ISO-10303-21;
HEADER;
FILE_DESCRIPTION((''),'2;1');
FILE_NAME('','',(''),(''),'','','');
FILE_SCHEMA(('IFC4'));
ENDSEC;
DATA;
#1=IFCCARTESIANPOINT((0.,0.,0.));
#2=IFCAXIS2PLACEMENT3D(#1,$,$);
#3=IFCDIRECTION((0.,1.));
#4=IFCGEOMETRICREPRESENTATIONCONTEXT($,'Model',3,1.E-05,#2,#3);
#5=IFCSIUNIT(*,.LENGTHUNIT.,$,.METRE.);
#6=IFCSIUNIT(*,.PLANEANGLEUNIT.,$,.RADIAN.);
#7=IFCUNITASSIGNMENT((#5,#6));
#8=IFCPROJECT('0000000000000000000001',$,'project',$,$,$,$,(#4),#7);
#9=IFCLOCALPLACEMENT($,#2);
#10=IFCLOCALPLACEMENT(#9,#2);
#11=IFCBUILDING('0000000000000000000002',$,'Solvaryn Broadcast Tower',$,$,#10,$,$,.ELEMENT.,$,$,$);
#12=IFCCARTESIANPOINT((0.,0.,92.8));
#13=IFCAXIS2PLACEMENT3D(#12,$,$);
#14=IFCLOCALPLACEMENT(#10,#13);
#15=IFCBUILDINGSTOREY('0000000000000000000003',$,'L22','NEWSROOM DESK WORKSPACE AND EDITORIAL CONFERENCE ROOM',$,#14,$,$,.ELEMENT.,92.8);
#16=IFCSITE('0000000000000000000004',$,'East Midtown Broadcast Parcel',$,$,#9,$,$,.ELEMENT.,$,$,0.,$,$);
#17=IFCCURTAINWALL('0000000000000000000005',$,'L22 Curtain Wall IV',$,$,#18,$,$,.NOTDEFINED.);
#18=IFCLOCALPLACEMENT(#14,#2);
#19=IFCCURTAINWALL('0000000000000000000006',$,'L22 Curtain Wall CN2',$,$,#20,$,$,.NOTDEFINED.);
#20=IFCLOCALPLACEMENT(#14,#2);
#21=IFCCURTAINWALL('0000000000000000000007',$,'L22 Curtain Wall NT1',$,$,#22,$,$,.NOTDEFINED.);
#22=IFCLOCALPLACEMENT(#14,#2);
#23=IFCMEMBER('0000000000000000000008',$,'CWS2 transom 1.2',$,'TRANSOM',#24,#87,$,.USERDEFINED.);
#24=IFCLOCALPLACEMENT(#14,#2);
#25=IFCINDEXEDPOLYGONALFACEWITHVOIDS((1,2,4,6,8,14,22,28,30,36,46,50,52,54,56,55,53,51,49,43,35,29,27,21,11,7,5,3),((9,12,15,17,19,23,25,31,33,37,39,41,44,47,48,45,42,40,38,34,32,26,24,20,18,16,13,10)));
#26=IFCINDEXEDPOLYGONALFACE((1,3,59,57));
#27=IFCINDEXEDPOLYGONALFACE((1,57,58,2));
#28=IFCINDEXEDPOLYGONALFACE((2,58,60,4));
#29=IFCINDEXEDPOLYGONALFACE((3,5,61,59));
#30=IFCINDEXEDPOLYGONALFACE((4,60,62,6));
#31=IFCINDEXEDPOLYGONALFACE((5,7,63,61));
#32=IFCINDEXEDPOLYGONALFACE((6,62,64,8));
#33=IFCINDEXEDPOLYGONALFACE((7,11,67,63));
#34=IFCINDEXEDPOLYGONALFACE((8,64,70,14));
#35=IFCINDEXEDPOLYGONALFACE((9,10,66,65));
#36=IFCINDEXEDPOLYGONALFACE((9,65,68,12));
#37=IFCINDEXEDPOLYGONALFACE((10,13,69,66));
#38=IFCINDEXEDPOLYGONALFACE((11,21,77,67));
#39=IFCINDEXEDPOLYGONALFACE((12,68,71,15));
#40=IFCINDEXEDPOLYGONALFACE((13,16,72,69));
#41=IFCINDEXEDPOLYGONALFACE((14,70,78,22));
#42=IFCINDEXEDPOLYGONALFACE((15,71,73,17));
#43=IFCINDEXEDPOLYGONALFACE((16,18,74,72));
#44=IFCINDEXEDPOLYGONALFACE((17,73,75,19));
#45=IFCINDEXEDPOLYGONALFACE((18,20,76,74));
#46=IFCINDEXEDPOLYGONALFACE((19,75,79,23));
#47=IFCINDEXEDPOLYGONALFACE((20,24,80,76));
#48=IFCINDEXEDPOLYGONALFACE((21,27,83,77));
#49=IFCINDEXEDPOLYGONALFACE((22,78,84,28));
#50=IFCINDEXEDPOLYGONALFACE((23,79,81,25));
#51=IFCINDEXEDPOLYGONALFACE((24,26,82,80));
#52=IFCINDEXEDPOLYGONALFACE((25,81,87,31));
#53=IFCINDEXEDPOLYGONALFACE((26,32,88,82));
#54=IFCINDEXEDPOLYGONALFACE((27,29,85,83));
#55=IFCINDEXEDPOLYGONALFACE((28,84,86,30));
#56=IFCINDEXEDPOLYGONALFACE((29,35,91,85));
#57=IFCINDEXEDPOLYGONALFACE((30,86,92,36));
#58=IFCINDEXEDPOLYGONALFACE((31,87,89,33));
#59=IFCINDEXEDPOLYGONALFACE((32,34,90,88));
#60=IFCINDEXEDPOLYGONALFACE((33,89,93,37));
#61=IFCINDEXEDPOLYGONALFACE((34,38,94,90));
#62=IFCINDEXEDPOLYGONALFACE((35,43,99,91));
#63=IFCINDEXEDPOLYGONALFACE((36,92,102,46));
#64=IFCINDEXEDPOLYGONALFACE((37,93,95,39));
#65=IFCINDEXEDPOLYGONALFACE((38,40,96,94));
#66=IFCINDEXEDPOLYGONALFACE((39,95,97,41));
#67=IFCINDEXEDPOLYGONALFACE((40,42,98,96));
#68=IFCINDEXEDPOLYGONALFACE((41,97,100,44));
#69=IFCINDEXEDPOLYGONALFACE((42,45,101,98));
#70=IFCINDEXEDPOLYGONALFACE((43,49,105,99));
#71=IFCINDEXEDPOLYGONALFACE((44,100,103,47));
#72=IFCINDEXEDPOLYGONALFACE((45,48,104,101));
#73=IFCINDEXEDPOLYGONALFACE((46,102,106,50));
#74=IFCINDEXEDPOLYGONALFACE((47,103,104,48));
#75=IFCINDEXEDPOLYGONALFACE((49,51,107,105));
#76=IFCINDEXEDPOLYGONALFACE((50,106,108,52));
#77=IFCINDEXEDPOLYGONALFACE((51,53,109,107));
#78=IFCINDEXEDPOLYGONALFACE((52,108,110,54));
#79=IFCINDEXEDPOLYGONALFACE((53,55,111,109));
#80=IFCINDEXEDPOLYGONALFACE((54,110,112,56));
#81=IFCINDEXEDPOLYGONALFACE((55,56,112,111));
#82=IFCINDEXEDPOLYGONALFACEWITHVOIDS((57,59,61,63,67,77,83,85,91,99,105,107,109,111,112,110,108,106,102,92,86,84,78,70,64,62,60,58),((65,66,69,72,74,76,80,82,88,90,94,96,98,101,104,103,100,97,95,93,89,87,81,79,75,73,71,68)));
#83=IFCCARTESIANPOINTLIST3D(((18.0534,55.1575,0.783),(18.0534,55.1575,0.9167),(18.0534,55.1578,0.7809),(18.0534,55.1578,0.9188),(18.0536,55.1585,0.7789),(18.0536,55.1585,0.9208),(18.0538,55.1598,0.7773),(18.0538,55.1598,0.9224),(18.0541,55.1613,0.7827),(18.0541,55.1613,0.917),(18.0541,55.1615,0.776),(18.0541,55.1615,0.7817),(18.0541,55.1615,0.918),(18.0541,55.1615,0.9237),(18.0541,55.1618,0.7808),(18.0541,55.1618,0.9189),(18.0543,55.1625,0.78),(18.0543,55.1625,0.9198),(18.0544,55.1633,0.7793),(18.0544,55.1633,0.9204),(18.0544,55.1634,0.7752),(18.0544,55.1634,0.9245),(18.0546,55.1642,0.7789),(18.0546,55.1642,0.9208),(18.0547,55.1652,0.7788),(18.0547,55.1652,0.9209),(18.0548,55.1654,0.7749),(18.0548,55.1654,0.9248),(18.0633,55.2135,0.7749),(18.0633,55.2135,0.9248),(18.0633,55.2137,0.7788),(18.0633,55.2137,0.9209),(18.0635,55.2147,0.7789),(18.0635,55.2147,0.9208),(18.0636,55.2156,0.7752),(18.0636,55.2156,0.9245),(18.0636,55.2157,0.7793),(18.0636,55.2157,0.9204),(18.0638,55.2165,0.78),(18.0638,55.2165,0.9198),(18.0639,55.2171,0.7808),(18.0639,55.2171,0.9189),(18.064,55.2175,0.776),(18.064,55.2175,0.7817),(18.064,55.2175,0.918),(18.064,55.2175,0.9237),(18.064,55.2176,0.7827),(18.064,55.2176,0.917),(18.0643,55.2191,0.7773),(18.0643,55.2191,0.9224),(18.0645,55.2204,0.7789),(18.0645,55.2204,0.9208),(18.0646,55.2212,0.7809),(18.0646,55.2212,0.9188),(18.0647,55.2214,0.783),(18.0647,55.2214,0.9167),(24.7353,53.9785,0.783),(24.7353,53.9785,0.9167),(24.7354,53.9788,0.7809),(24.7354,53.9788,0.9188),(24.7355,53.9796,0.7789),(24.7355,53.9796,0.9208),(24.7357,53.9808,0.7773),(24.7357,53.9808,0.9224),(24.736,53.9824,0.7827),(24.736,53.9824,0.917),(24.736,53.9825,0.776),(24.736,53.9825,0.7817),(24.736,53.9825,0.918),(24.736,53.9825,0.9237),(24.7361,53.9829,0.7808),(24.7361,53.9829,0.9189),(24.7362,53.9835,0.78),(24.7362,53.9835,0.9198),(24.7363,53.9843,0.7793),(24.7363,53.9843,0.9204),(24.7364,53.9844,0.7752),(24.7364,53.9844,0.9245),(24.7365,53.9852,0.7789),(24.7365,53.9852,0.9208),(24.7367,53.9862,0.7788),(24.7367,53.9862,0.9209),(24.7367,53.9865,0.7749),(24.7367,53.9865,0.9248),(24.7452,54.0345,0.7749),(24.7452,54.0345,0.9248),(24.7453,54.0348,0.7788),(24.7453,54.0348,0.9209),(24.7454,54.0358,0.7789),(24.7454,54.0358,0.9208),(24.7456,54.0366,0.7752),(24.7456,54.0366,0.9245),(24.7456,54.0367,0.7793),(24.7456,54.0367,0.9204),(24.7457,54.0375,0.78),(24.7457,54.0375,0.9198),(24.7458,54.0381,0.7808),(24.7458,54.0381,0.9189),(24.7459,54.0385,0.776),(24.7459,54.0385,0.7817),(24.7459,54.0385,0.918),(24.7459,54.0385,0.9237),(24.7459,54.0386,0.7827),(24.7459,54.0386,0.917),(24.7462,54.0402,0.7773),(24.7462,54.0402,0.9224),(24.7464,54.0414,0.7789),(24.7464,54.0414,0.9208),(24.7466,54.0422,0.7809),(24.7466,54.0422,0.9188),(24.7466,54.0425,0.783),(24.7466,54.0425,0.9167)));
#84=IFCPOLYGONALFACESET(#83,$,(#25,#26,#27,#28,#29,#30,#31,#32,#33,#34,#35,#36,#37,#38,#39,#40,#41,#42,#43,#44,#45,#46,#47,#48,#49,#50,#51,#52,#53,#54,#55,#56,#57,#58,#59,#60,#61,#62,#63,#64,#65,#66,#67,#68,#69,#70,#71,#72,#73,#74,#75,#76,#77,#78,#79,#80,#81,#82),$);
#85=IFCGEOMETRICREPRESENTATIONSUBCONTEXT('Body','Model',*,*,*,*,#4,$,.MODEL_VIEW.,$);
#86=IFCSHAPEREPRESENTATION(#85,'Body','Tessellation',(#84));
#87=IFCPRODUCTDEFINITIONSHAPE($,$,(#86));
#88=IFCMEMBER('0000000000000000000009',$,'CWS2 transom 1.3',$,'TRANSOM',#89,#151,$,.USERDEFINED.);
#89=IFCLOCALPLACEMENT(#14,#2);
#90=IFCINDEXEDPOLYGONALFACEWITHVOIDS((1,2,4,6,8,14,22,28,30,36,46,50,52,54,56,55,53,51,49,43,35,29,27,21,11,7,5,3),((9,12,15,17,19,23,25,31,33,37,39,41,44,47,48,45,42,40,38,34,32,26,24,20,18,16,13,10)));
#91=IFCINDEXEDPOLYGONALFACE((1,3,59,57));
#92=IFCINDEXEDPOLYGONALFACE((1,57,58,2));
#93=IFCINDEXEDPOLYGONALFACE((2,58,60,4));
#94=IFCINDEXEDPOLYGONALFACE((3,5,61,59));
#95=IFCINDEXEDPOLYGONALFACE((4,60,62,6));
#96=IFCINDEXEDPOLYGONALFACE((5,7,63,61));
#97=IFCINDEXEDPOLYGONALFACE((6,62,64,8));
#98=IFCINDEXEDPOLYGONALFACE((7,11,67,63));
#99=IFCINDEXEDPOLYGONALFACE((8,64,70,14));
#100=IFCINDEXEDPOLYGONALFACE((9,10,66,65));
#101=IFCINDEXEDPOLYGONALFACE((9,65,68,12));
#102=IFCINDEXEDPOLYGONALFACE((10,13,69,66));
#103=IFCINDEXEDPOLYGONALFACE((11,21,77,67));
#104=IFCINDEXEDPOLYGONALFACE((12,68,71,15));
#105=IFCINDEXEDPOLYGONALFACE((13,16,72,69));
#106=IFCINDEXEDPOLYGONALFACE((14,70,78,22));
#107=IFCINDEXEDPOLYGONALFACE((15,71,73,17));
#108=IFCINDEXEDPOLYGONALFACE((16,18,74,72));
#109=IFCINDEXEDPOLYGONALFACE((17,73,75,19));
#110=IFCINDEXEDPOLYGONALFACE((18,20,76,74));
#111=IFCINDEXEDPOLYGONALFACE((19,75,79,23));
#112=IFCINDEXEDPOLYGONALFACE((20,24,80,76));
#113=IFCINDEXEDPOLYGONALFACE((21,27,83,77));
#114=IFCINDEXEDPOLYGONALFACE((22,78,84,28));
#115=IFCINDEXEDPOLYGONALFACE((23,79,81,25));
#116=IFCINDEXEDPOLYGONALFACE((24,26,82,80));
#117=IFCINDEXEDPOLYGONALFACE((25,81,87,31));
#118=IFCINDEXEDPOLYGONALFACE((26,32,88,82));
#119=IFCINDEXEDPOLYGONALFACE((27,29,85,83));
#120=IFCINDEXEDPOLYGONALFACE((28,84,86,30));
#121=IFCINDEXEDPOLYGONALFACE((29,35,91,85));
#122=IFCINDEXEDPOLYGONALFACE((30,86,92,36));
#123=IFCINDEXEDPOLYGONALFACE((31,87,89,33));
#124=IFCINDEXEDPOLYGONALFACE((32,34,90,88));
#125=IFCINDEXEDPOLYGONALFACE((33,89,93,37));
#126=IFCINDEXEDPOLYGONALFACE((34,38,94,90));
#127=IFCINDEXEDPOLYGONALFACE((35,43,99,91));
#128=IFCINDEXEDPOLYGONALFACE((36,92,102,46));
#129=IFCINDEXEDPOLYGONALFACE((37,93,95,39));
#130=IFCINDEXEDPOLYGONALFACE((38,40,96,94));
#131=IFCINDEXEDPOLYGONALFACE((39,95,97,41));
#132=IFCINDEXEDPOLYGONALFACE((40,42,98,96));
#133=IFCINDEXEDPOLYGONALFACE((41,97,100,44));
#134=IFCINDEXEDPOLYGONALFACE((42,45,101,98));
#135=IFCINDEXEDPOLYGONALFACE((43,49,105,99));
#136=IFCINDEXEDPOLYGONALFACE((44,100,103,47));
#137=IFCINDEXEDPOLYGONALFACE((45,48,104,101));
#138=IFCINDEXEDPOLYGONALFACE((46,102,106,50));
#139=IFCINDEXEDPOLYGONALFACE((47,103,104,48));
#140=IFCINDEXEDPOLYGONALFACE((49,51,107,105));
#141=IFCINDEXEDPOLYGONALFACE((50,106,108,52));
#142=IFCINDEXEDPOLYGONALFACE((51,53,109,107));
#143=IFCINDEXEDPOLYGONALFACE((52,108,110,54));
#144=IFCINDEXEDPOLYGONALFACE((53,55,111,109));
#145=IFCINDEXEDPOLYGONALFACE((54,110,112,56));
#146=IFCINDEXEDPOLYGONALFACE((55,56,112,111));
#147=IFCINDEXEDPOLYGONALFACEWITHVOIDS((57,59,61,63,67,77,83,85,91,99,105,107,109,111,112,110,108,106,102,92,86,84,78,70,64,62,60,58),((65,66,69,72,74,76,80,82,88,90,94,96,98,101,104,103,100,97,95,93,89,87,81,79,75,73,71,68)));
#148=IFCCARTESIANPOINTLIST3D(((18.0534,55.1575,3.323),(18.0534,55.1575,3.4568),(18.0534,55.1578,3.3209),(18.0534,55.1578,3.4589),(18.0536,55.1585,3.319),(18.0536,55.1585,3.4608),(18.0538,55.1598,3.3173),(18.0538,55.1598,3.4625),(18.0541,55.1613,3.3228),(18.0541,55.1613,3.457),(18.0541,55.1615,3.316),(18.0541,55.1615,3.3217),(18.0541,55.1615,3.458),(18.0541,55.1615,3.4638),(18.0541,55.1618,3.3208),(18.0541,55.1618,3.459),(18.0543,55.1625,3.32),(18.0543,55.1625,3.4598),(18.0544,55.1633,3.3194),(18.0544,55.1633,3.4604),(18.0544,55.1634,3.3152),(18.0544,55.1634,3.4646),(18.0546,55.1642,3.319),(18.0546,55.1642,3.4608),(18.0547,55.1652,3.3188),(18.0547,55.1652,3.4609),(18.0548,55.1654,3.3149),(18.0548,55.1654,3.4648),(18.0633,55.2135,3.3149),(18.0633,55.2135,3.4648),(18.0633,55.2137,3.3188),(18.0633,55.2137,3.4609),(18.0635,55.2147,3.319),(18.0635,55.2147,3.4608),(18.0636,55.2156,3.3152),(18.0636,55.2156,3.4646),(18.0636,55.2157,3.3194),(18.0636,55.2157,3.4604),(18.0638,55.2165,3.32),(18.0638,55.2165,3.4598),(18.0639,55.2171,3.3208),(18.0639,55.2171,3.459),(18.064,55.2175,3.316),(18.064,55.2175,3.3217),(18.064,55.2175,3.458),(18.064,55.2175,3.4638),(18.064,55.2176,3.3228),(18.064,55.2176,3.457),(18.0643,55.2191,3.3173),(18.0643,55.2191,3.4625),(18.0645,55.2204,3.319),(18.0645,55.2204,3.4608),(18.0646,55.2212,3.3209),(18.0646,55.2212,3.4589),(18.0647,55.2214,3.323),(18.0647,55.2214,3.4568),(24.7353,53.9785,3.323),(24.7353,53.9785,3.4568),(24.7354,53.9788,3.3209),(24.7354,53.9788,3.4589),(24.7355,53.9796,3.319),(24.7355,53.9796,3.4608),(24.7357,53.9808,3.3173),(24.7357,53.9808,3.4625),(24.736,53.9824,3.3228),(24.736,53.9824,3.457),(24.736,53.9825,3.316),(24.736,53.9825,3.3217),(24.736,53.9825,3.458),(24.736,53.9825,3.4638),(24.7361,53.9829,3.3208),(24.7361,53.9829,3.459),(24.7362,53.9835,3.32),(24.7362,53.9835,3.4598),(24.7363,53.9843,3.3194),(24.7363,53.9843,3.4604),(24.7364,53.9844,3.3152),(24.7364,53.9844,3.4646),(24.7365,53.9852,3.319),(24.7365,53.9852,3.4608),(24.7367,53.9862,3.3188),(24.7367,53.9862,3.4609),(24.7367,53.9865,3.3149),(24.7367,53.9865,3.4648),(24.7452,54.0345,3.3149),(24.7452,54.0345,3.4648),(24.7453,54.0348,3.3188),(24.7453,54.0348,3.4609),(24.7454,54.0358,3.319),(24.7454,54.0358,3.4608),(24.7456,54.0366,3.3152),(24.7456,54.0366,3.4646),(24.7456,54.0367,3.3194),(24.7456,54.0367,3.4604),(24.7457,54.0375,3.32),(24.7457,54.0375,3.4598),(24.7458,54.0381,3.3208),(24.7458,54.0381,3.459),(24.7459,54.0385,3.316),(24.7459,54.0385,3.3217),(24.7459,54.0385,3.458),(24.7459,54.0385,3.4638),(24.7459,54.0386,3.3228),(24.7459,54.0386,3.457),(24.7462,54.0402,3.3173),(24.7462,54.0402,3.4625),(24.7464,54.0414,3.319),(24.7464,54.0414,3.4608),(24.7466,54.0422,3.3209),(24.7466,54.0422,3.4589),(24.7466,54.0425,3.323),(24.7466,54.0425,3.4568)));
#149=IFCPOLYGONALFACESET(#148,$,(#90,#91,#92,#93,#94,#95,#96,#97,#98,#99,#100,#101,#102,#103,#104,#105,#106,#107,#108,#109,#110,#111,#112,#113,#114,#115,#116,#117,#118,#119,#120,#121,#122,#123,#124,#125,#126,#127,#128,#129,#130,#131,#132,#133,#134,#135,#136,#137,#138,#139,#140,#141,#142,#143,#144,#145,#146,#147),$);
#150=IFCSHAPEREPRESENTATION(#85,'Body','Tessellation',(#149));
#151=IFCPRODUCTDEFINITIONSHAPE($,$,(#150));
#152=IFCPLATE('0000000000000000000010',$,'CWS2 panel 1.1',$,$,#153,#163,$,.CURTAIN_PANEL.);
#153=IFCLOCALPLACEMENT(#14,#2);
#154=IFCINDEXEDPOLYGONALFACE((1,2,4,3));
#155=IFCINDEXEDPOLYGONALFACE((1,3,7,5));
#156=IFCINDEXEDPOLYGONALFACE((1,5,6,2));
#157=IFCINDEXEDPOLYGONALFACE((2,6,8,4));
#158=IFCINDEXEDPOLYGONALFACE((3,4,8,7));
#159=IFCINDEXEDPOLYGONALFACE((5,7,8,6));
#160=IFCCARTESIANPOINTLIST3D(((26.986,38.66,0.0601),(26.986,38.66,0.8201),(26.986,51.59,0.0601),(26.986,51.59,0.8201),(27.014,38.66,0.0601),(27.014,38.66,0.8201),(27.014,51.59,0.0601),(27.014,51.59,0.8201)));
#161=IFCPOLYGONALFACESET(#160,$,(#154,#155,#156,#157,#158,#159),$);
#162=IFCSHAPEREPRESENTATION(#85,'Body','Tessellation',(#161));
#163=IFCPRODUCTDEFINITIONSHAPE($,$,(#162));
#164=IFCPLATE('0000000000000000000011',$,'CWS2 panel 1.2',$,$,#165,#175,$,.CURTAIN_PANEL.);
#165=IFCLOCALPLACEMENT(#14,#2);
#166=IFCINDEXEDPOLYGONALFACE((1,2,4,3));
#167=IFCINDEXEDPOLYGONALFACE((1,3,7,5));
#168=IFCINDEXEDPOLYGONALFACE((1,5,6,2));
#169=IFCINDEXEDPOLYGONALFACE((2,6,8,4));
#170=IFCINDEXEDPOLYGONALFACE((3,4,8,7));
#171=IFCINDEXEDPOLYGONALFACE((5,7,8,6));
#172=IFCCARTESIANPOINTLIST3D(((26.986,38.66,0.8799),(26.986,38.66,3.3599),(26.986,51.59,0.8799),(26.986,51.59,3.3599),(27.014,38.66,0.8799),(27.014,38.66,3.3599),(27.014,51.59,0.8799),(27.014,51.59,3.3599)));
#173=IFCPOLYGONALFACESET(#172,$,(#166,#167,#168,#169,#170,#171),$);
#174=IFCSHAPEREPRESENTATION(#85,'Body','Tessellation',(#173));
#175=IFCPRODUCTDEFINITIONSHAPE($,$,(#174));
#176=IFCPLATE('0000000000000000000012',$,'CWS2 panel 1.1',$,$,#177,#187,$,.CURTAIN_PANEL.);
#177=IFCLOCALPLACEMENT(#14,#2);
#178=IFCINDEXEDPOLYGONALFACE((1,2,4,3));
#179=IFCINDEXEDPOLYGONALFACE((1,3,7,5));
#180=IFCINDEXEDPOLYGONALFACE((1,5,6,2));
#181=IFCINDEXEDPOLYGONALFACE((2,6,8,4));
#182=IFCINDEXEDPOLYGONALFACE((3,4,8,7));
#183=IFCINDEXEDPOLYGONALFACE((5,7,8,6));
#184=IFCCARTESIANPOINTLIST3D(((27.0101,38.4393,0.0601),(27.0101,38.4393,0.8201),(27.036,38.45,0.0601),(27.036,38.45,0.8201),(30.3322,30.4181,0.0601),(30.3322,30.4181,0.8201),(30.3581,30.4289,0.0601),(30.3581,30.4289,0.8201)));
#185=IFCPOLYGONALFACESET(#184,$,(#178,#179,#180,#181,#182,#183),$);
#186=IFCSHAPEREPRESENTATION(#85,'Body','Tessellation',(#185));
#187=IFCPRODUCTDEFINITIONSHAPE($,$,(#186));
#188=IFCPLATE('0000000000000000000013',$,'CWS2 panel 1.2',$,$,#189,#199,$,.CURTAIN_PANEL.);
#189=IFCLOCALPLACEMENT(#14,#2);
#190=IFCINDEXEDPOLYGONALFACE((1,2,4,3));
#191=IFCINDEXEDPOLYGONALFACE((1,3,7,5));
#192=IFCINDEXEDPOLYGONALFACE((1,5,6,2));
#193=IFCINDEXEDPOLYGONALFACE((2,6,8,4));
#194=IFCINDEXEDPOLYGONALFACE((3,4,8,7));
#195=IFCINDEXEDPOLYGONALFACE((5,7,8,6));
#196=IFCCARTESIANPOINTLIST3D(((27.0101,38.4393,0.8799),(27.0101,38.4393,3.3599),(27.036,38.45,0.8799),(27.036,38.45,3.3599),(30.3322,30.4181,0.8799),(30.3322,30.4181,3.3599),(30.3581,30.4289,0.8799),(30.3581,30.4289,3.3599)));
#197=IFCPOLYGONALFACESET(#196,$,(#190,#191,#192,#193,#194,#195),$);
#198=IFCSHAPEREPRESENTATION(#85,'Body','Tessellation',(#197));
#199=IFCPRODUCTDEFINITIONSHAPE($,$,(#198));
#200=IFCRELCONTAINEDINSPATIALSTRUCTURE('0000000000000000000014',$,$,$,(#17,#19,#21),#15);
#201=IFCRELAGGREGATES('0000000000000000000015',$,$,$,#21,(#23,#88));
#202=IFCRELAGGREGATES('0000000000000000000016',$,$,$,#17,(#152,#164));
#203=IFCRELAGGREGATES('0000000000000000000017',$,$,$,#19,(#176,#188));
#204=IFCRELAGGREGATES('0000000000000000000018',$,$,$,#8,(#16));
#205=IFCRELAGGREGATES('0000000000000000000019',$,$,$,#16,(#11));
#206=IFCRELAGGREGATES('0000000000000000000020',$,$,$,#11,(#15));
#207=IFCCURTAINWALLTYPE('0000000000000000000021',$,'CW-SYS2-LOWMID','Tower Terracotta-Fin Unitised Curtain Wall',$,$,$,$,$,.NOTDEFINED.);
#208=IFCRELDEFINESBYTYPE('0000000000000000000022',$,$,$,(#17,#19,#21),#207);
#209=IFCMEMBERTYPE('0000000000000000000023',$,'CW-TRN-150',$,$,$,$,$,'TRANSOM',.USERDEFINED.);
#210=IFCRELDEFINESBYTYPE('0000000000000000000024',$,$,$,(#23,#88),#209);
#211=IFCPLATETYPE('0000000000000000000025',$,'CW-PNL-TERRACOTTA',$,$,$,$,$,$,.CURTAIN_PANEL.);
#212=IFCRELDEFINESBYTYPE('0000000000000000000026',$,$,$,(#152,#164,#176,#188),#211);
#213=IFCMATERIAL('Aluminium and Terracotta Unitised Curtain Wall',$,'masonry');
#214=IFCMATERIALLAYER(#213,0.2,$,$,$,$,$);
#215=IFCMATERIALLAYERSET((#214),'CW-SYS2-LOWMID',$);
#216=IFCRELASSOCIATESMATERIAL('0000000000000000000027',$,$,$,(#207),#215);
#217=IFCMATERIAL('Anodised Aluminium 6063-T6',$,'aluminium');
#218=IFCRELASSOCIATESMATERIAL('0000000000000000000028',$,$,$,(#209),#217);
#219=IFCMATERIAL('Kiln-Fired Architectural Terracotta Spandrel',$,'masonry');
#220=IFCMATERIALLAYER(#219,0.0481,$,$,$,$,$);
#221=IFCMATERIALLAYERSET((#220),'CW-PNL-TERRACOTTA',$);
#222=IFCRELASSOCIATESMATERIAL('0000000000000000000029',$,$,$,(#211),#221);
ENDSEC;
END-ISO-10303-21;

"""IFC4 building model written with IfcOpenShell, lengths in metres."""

from ifc_helpers import new_model, si_unit, direction, frame, origin, origin_2d, place, context, subcontext, project, spatial, rectangle, hollow_rectangle, extrude, material, layer, layer_set, material_profile, profile_set, type_object, element, aggregate, save


model = new_model("IFC4")

# Units and contexts
model_context = context("Model", 3, precision=1e-05, world=origin(), true_north=direction((0.0, 1.0)))
body_context = subcontext(model_context, "Body", "Model", "MODEL_VIEW")
ifc_project = project(units=[si_unit("LENGTHUNIT", "METRE"), si_unit("PLANEANGLEUNIT", "RADIAN")], contexts=[model_context])

# Site, building, storey
site_placement = place(None, origin())
site = spatial("IfcSite", under=ifc_project, at=site_placement, Name="East Midtown Broadcast Parcel", CompositionType="ELEMENT", RefElevation=0.0)
building_placement = place(site_placement, origin())
building = spatial("IfcBuilding", under=site, at=building_placement, Name="Solvaryn Broadcast Tower", CompositionType="ELEMENT")
storey_placement = place(building_placement, frame((0.0, 0.0, 92.8)))
storey = spatial("IfcBuildingStorey", under=building, at=storey_placement, Name="L22", Description="NEWSROOM DESK WORKSPACE AND EDITORIAL CONFERENCE ROOM", CompositionType="ELEMENT", Elevation=92.8)

# Curtain wall
ifc_material_1 = material(Name="Aluminium and Terracotta Unitised Curtain Wall", Category="masonry")
ifc_layer_1 = layer(ifc_material_1, 0.2)
ifc_layer_set_1 = layer_set([ifc_layer_1], Name="CW-SYS2-LOWMID")
curtain_wall_type = type_object("IfcCurtainWallType", Name="CW-SYS2-LOWMID", Description="Tower Terracotta-Fin Unitised Curtain Wall", PredefinedType="NOTDEFINED", material=ifc_layer_set_1)
curtain_wall_1_placement = place(storey_placement, origin())
curtain_wall_1 = element("IfcCurtainWall", 1, at=curtain_wall_1_placement, inside=storey, type_object=curtain_wall_type, Name="L22 Curtain Wall IV", PredefinedType="NOTDEFINED")

# Curtain walls
curtain_wall_2_placement = place(storey_placement, origin())
curtain_wall_2 = element("IfcCurtainWall", 2, at=curtain_wall_2_placement, inside=storey, type_object=curtain_wall_type, Name="L22 Curtain Wall CN2", PredefinedType="NOTDEFINED")
curtain_wall_3_placement = place(storey_placement, origin())
curtain_wall_3 = element("IfcCurtainWall", 3, at=curtain_wall_3_placement, inside=storey, type_object=curtain_wall_type, Name="L22 Curtain Wall NT1", PredefinedType="NOTDEFINED")

# Members
ifc_material_2 = material(Name="Anodised Aluminium 6063-T6", Category="aluminium")
ifc_material_profile_1 = material_profile(ifc_material_2, hollow_rectangle(XDim=0.0649, YDim=0.1499, WallThickness=0.0039, InnerFilletRadius=0.0039, OuterFilletRadius=0.0081, at=origin_2d()))
ifc_profile_set_1 = profile_set([ifc_material_profile_1], Name="Anodised Aluminium 6063-T6")
member_type_1 = type_object("IfcMemberType", Name="CW-TRN-150", ElementType="TRANSOM", PredefinedType="USERDEFINED", material=ifc_profile_set_1)
member_1_placement = place(storey_placement, frame((24.741, 54.0105, 0.8499), z_axis=(-0.984789, 0.173757, 0.0), x_axis=(-0.173757, -0.984789, 0.0)))
member_1 = element("IfcMember", 4, at=member_1_placement, type_object=member_type_1, Name="CWS2 transom 1.2", ObjectType="TRANSOM", PredefinedType="USERDEFINED", context=body_context, shape_type="SweptSolid", body=[
    extrude(hollow_rectangle(XDim=0.0649, YDim=0.1499, WallThickness=0.0039, InnerFilletRadius=0.0039, OuterFilletRadius=0.0081, at=origin_2d()), origin(), (0.0, 0.0, 1.0), 6.7852),
])
member_2_placement = place(storey_placement, frame((24.741, 54.0105, 3.3899), z_axis=(-0.984789, 0.173757, 0.0), x_axis=(-0.173757, -0.984789, 0.0)))
member_2 = element("IfcMember", 5, at=member_2_placement, type_object=member_type_1, Name="CWS2 transom 1.3", ObjectType="TRANSOM", PredefinedType="USERDEFINED", context=body_context, shape_type="SweptSolid", body=[
    extrude(hollow_rectangle(XDim=0.0649, YDim=0.1499, WallThickness=0.0039, InnerFilletRadius=0.0039, OuterFilletRadius=0.0081, at=origin_2d()), origin(), (0.0, 0.0, 1.0), 6.7852),
])
aggregate(curtain_wall_3, [member_1, member_2])

# Plates
ifc_material_3 = material(Name="Kiln-Fired Architectural Terracotta Spandrel", Category="masonry")
ifc_layer_2 = layer(ifc_material_3, 0.0481)
ifc_layer_set_2 = layer_set([ifc_layer_2], Name="CW-PNL-TERRACOTTA")
plate_type = type_object("IfcPlateType", Name="CW-PNL-TERRACOTTA", PredefinedType="CURTAIN_PANEL", material=ifc_layer_set_2)
plate_1_placement = place(storey_placement, frame((27.0, 45.125, 0.0601), z_axis=(0.0, 0.0, 1.0), x_axis=(0.0, -1.0, 0.0)))
plate_1 = element("IfcPlate", 6, at=plate_1_placement, type_object=plate_type, Name="CWS2 panel 1.1", PredefinedType="CURTAIN_PANEL", context=body_context, shape_type="SweptSolid", body=[
    extrude(rectangle(XDim=12.9299, YDim=0.0281, at=origin_2d()), origin(), (0.0, 0.0, 1.0), 0.76),
])
plate_2_placement = place(storey_placement, frame((27.0, 45.125, 0.8799), z_axis=(0.0, 0.0, 1.0), x_axis=(0.0, -1.0, 0.0)))
plate_2 = element("IfcPlate", 7, at=plate_2_placement, type_object=plate_type, Name="CWS2 panel 1.2", PredefinedType="CURTAIN_PANEL", context=body_context, shape_type="SweptSolid", body=[
    extrude(rectangle(XDim=12.9299, YDim=0.0281, at=origin_2d()), origin(), (0.0, 0.0, 1.0), 2.48),
])
aggregate(curtain_wall_1, [plate_1, plate_2])
plate_3_placement = place(storey_placement, frame((28.6841, 34.4341, 0.0601), z_axis=(0.0, 0.0, 1.0), x_axis=(-0.382646, 0.923895, 0.0)))
plate_3 = element("IfcPlate", 8, at=plate_3_placement, type_object=plate_type, Name="CWS2 panel 1.1", PredefinedType="CURTAIN_PANEL", context=body_context, shape_type="SweptSolid", body=[
    extrude(rectangle(XDim=8.6819, YDim=0.0281, at=origin_2d()), origin(), (0.0, 0.0, 1.0), 0.76),
])
plate_4_placement = place(storey_placement, frame((28.6841, 34.4341, 0.8799), z_axis=(0.0, 0.0, 1.0), x_axis=(-0.382646, 0.923895, 0.0)))
plate_4 = element("IfcPlate", 9, at=plate_4_placement, type_object=plate_type, Name="CWS2 panel 1.2", PredefinedType="CURTAIN_PANEL", context=body_context, shape_type="SweptSolid", body=[
    extrude(rectangle(XDim=8.6819, YDim=0.0281, at=origin_2d()), origin(), (0.0, 0.0, 1.0), 2.48),
])
aggregate(curtain_wall_2, [plate_3, plate_4])

save(model, "model.ifc")
